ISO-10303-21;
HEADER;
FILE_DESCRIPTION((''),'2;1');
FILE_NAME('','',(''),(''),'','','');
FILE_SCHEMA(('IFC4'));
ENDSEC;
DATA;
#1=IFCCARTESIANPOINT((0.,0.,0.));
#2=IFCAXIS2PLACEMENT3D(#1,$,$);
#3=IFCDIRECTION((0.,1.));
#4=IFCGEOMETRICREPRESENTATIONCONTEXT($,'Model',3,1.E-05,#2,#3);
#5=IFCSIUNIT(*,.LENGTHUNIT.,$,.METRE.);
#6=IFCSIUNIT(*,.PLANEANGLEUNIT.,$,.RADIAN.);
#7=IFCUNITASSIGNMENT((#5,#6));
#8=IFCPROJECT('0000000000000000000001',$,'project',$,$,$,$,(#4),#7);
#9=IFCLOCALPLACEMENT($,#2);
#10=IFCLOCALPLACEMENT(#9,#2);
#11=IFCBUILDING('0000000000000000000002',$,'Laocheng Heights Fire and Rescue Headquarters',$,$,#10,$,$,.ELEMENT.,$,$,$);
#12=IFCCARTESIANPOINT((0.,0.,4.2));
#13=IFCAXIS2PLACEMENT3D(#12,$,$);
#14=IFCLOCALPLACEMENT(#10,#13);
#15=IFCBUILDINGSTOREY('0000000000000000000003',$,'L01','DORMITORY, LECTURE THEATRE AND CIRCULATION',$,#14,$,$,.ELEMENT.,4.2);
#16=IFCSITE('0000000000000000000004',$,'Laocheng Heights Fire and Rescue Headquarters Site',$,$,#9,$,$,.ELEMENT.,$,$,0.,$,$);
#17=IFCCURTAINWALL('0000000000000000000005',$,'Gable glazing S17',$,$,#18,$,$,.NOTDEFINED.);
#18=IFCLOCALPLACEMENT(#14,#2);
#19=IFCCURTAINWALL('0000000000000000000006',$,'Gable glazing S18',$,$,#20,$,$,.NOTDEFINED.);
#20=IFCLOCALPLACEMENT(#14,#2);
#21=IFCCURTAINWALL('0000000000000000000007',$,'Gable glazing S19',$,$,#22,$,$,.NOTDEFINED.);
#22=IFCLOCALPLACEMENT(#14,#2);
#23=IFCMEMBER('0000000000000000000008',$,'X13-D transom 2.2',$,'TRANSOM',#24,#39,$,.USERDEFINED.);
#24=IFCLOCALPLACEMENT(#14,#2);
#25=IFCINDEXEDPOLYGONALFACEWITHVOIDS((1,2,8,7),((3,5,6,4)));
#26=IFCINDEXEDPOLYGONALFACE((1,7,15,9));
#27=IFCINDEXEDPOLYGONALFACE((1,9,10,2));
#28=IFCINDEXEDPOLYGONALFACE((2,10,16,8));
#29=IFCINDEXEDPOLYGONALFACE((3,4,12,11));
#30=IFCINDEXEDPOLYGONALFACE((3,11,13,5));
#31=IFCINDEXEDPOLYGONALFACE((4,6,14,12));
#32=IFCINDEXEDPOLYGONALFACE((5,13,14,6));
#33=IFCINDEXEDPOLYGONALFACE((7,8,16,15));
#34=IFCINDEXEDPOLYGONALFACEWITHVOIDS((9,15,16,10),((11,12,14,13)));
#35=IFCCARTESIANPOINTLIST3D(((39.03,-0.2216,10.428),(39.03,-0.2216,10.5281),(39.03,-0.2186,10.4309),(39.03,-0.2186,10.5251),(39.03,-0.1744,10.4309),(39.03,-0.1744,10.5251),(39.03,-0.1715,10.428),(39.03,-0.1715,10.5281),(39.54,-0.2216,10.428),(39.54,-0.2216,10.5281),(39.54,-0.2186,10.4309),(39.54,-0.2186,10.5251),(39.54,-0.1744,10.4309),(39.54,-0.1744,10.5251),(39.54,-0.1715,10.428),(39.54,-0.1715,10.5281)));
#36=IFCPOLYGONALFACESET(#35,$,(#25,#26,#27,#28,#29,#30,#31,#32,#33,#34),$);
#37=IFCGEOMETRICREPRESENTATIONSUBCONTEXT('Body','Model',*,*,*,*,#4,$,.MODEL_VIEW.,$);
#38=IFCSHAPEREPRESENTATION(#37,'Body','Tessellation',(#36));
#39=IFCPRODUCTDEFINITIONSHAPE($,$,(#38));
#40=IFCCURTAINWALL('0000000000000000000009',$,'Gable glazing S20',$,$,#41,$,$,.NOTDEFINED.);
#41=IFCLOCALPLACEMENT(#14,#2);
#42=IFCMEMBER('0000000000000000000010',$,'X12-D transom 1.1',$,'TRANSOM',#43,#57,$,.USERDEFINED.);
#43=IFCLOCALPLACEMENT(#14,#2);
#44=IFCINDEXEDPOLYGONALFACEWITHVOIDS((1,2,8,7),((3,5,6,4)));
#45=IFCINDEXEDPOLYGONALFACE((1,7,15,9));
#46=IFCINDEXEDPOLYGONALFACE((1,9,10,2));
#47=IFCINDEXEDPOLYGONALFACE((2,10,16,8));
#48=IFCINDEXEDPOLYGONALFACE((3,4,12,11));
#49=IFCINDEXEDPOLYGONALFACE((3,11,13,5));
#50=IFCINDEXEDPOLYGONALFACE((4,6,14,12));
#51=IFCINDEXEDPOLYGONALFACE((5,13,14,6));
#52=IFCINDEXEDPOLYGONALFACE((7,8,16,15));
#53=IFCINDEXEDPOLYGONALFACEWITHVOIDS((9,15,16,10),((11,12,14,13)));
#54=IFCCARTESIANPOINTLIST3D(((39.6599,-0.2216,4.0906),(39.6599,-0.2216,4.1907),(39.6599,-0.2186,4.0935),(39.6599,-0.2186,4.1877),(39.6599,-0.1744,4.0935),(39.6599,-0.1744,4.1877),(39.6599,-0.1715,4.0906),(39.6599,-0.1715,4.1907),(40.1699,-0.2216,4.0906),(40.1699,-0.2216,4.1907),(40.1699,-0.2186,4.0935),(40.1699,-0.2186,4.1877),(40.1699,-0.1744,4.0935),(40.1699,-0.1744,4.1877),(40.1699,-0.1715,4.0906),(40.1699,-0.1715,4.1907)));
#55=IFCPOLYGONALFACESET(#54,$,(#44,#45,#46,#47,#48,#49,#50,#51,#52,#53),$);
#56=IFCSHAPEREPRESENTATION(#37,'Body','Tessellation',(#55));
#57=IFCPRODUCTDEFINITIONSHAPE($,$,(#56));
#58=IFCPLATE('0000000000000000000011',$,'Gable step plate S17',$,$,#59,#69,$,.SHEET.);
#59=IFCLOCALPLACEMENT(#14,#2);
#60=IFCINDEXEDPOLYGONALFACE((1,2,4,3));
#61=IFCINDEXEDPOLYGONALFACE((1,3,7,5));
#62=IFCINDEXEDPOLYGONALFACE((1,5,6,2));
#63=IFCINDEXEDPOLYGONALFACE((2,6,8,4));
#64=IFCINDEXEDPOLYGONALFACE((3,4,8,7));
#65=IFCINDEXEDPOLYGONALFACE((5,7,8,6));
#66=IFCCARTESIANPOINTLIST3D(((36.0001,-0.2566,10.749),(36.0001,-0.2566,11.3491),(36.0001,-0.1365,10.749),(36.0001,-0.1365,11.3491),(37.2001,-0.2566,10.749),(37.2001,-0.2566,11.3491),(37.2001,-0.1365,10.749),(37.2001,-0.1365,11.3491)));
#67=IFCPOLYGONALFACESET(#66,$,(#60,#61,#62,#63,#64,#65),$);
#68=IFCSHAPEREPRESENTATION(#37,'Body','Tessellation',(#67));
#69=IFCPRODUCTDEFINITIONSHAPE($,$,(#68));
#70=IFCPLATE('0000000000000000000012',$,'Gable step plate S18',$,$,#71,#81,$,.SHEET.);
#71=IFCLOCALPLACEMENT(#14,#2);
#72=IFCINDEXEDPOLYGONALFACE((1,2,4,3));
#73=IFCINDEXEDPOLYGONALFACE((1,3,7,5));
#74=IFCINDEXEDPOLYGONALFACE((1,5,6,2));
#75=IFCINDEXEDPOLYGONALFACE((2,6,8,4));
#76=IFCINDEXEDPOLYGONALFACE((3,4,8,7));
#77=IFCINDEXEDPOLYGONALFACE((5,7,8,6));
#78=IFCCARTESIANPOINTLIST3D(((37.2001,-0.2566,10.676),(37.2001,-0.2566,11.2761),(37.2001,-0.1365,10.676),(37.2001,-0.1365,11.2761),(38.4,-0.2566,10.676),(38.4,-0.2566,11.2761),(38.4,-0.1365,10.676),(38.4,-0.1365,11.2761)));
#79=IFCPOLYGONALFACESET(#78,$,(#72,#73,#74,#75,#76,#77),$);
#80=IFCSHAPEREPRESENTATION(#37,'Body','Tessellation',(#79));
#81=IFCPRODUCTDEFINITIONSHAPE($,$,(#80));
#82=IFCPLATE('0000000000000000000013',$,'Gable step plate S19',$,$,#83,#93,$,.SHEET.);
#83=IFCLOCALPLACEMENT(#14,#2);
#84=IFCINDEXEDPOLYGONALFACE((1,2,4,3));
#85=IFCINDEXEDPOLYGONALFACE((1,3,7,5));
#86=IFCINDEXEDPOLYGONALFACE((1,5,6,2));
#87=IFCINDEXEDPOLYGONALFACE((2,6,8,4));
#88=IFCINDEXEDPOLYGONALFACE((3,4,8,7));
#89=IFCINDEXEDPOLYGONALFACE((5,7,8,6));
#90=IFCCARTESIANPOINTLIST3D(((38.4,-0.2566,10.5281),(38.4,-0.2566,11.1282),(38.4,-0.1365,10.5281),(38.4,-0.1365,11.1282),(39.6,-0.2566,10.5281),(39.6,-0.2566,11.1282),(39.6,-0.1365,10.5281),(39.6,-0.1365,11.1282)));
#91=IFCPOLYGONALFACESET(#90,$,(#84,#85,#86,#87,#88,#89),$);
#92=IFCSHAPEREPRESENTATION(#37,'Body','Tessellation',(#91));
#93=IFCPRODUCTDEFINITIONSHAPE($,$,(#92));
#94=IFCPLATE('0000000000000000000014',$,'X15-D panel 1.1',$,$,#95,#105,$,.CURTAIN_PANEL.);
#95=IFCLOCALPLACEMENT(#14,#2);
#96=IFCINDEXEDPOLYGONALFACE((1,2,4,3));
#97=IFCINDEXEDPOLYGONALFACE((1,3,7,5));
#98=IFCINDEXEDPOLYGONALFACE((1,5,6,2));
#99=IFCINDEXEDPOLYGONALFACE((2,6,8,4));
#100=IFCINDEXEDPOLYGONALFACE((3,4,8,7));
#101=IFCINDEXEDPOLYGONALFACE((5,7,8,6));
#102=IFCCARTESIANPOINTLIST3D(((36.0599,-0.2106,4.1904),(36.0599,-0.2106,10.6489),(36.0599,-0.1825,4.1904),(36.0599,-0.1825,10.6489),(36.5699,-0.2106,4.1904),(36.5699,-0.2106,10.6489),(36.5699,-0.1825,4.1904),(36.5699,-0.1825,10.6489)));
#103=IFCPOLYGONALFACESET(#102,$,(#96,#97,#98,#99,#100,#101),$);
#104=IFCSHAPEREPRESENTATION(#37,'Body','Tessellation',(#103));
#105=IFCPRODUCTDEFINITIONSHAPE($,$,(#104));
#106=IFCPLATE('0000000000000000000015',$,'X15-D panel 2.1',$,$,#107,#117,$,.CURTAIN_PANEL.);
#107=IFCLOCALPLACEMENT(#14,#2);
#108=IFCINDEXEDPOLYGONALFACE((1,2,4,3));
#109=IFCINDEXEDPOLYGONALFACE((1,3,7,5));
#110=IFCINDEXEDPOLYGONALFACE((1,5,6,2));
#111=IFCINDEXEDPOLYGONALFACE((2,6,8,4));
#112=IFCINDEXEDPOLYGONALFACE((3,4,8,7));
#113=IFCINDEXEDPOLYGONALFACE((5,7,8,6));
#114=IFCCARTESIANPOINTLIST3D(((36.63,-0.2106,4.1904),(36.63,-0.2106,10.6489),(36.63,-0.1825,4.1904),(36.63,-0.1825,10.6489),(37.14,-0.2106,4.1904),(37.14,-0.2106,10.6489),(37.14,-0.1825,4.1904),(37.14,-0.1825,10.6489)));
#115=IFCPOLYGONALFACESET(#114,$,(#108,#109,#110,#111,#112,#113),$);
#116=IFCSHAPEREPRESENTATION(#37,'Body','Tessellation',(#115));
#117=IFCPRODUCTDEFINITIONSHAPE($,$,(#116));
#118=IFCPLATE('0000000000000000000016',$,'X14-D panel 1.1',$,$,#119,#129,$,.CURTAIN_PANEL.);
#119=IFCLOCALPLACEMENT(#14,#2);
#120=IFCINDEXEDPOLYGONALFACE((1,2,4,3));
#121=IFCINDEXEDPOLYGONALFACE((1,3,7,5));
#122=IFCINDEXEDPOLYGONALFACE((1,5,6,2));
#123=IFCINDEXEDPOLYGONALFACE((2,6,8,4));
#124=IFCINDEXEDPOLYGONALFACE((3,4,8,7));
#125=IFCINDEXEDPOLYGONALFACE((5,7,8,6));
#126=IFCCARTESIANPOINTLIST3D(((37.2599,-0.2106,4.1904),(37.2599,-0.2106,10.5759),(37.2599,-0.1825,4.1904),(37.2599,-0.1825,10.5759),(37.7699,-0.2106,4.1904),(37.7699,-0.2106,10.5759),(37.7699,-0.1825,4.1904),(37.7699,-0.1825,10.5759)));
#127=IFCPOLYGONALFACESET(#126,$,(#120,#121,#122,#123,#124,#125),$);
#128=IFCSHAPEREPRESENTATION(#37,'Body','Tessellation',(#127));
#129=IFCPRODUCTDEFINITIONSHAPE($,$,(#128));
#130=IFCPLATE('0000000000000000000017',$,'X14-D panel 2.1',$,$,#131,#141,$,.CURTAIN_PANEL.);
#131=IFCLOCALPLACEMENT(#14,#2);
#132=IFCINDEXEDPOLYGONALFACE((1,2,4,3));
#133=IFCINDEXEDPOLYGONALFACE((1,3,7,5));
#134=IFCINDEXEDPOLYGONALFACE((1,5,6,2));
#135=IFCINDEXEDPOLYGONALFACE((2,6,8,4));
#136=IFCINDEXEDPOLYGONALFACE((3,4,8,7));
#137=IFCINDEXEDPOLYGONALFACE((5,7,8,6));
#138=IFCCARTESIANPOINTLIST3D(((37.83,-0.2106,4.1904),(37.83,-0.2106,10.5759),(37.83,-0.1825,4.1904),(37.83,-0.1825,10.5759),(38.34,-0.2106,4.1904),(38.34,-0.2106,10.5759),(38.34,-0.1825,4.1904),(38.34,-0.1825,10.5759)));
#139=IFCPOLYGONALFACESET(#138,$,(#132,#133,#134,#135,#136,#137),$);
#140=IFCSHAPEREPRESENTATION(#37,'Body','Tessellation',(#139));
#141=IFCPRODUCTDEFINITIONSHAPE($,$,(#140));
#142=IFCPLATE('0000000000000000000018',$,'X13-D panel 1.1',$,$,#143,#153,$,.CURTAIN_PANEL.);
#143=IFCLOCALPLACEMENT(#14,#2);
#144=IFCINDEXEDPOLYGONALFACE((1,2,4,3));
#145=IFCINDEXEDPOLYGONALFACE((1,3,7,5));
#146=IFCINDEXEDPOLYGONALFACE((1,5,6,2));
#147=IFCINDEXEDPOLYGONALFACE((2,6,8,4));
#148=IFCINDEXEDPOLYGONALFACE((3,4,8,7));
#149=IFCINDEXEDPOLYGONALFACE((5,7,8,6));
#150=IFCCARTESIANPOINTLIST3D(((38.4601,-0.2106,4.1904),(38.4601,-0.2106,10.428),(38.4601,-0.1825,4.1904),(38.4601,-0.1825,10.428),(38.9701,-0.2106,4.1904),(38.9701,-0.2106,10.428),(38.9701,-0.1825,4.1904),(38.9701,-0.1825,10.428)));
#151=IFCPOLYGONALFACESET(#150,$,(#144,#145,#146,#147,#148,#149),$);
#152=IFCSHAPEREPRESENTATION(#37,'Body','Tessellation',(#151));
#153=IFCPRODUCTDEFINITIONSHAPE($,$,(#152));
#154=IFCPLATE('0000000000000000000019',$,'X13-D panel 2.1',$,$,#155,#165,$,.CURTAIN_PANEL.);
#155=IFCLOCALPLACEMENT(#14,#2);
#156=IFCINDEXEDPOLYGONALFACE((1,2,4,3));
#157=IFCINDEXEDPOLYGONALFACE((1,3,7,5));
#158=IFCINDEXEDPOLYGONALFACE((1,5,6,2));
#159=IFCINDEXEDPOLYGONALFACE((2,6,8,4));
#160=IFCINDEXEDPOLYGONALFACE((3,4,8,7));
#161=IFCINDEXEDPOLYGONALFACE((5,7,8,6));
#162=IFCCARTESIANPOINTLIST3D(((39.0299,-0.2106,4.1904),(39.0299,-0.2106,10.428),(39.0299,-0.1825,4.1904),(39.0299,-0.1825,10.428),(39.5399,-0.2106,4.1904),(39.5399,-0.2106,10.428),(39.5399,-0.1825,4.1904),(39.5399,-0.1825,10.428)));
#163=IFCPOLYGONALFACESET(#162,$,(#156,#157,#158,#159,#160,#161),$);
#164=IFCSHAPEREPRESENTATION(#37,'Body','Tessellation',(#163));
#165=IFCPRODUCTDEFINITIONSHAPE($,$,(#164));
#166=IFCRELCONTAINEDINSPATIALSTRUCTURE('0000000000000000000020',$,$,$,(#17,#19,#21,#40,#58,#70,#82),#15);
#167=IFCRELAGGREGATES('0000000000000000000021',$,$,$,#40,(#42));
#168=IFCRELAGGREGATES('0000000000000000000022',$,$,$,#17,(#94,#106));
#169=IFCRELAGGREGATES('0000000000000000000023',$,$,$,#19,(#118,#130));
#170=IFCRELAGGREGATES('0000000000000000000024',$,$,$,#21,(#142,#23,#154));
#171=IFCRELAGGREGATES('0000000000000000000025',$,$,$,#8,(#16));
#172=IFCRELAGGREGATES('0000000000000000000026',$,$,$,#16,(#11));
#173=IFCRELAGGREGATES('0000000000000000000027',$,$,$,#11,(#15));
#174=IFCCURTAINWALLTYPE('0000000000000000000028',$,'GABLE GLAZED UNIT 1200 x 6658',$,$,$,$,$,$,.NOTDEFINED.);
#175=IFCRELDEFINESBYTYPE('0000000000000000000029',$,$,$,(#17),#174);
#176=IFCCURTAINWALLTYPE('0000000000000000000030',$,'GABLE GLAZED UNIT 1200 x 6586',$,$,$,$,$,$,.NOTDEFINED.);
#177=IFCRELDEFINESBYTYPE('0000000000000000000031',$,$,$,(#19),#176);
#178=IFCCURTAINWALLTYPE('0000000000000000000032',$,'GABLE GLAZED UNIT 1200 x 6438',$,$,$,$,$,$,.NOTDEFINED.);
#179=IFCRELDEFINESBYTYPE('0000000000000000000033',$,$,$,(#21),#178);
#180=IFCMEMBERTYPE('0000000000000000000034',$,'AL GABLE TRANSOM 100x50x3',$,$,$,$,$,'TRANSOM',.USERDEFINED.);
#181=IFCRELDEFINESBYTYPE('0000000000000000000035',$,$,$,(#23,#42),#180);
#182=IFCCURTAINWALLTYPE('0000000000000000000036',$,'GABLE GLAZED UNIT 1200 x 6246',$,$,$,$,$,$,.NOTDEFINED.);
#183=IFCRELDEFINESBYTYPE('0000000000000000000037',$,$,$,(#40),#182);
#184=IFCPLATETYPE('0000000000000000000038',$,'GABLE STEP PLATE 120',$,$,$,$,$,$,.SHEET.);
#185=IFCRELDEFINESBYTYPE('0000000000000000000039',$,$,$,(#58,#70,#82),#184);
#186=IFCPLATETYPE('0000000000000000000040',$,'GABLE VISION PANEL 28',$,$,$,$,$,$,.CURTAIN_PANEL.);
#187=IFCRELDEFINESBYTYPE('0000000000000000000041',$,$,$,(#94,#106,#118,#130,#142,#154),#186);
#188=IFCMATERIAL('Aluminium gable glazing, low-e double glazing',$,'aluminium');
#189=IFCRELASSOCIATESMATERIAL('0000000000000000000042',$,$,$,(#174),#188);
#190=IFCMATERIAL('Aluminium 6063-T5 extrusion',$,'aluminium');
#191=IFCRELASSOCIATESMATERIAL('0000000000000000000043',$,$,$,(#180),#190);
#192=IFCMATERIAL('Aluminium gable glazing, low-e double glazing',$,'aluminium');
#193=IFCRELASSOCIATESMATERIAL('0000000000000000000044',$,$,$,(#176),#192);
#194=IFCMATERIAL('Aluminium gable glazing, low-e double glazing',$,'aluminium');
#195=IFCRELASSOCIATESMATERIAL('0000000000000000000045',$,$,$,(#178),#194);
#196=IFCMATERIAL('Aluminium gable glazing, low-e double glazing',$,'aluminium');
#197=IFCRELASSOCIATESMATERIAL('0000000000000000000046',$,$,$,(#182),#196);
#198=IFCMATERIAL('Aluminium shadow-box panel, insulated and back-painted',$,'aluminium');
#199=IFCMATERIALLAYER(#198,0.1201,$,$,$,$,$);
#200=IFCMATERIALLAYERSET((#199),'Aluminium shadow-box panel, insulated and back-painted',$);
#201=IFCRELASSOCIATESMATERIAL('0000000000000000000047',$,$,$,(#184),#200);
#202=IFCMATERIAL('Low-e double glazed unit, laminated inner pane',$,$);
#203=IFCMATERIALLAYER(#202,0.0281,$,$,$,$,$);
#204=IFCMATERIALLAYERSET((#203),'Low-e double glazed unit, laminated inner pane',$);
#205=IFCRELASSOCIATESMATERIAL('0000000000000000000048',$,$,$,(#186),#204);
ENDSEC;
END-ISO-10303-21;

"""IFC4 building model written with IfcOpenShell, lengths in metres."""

from ifc_helpers import new_model, si_unit, direction, frame, origin, origin_2d, place, context, subcontext, project, spatial, rectangle, hollow_rectangle, extrude, material, layer, layer_set, material_profile, profile_set, type_object, element, aggregate, save


model = new_model("IFC4")

# Units and contexts
model_context = context("Model", 3, precision=1e-05, world=origin(), true_north=direction((0.0, 1.0)))
body_context = subcontext(model_context, "Body", "Model", "MODEL_VIEW")
ifc_project = project(units=[si_unit("LENGTHUNIT", "METRE"), si_unit("PLANEANGLEUNIT", "RADIAN")], contexts=[model_context])

# Site, building, storey
site_placement = place(None, origin())
site = spatial("IfcSite", under=ifc_project, at=site_placement, Name="Laocheng Heights Fire and Rescue Headquarters Site", CompositionType="ELEMENT", RefElevation=0.0)
building_placement = place(site_placement, origin())
building = spatial("IfcBuilding", under=site, at=building_placement, Name="Laocheng Heights Fire and Rescue Headquarters", CompositionType="ELEMENT")
storey_placement = place(building_placement, frame((0.0, 0.0, 4.2)))
storey = spatial("IfcBuildingStorey", under=building, at=storey_placement, Name="L01", Description="DORMITORY, LECTURE THEATRE AND CIRCULATION", CompositionType="ELEMENT", Elevation=4.2)

# Curtain walls, member
ifc_material_1 = material(Name="Aluminium gable glazing, low-e double glazing", Category="aluminium")
curtain_wall_type_1 = type_object("IfcCurtainWallType", Name="GABLE GLAZED UNIT 1200 x 6658", PredefinedType="NOTDEFINED", material=ifc_material_1)
curtain_wall_1_placement = place(storey_placement, origin())
curtain_wall_1 = element("IfcCurtainWall", 1, at=curtain_wall_1_placement, inside=storey, type_object=curtain_wall_type_1, Name="Gable glazing S17", PredefinedType="NOTDEFINED")
ifc_material_2 = material(Name="Aluminium 6063-T5 extrusion", Category="aluminium")
ifc_material_profile = material_profile(ifc_material_2, hollow_rectangle(XDim=0.05, YDim=0.1001, WallThickness=0.0029, at=origin_2d()), Name="AL TRANSOM 100x50x3")
ifc_profile_set = profile_set([ifc_material_profile], Name="Aluminium 6063-T5 extrusion")
member_type = type_object("IfcMemberType", Name="AL GABLE TRANSOM 100x50x3", ElementType="TRANSOM", PredefinedType="USERDEFINED", material=ifc_profile_set)
ifc_material_3 = material(Name="Aluminium gable glazing, low-e double glazing", Category="aluminium")
curtain_wall_type_2 = type_object("IfcCurtainWallType", Name="GABLE GLAZED UNIT 1200 x 6586", PredefinedType="NOTDEFINED", material=ifc_material_3)
curtain_wall_2_placement = place(storey_placement, origin())
curtain_wall_2 = element("IfcCurtainWall", 2, at=curtain_wall_2_placement, inside=storey, type_object=curtain_wall_type_2, Name="Gable glazing S18", PredefinedType="NOTDEFINED")
ifc_material_4 = material(Name="Aluminium gable glazing, low-e double glazing", Category="aluminium")
curtain_wall_type_3 = type_object("IfcCurtainWallType", Name="GABLE GLAZED UNIT 1200 x 6438", PredefinedType="NOTDEFINED", material=ifc_material_4)
curtain_wall_3_placement = place(storey_placement, origin())
curtain_wall_3 = element("IfcCurtainWall", 3, at=curtain_wall_3_placement, inside=storey, type_object=curtain_wall_type_3, Name="Gable glazing S19", PredefinedType="NOTDEFINED")
member_1_placement = place(storey_placement, frame((39.03, -0.1965, 10.478), z_axis=(1.0, 0.0, 0.0), x_axis=(0.0, 1.0, 0.0)))
member_1 = element("IfcMember", 4, at=member_1_placement, type_object=member_type, Name="X13-D transom 2.2", ObjectType="TRANSOM", PredefinedType="USERDEFINED", context=body_context, shape_type="SweptSolid", body=[
    extrude(hollow_rectangle(XDim=0.05, YDim=0.1001, WallThickness=0.0029, at=origin_2d()), origin(), (0.0, 0.0, 1.0), 0.51),
])

# Curtain wall, member
ifc_material_5 = material(Name="Aluminium gable glazing, low-e double glazing", Category="aluminium")
curtain_wall_type_4 = type_object("IfcCurtainWallType", Name="GABLE GLAZED UNIT 1200 x 6246", PredefinedType="NOTDEFINED", material=ifc_material_5)
curtain_wall_4_placement = place(storey_placement, origin())
curtain_wall_4 = element("IfcCurtainWall", 5, at=curtain_wall_4_placement, inside=storey, type_object=curtain_wall_type_4, Name="Gable glazing S20", PredefinedType="NOTDEFINED")
member_2_placement = place(storey_placement, frame((39.6599, -0.1965, 4.1406), z_axis=(1.0, 0.0, 0.0), x_axis=(0.0, 1.0, 0.0)))
member_2 = element("IfcMember", 6, at=member_2_placement, type_object=member_type, Name="X12-D transom 1.1", ObjectType="TRANSOM", PredefinedType="USERDEFINED", context=body_context, shape_type="SweptSolid", body=[
    extrude(hollow_rectangle(XDim=0.05, YDim=0.1001, WallThickness=0.0029, at=origin_2d()), origin(), (0.0, 0.0, 1.0), 0.51),
])
aggregate(curtain_wall_4, [member_2])

# Plates
ifc_material_6 = material(Name="Aluminium shadow-box panel, insulated and back-painted", Category="aluminium")
ifc_layer_1 = layer(ifc_material_6, 0.1201)
ifc_layer_set_1 = layer_set([ifc_layer_1], Name="Aluminium shadow-box panel, insulated and back-painted")
plate_type_1 = type_object("IfcPlateType", Name="GABLE STEP PLATE 120", PredefinedType="SHEET", material=ifc_layer_set_1)
for number, where, z_axis, x_axis, name in (
    (7, (36.6001, -0.1965, 10.749), (0.0, 0.0, 1.0), (1.0, 0.0, 0.0), "Gable step plate S17"),
    (8, (37.8, -0.1965, 10.676), (0.0, 0.0, 1.0), (1.0, 0.0, 0.0), "Gable step plate S18"),
    (9, (39.0, -0.1965, 10.5281), (0.0, 0.0, 1.0), (1.0, 0.0, 0.0), "Gable step plate S19"),
):
    element("IfcPlate", number, at=place(storey_placement, frame(where, z_axis=z_axis, x_axis=x_axis)), inside=storey, type_object=plate_type_1, Name=name, PredefinedType="SHEET", context=body_context, shape_type="SweptSolid", body=[
        extrude(rectangle(XDim=1.2, YDim=0.1201, at=origin_2d()), origin(), (0.0, 0.0, 1.0), 0.6001),
    ])

# Plates
ifc_material_7 = material(Name="Low-e double glazed unit, laminated inner pane")
ifc_layer_2 = layer(ifc_material_7, 0.0281)
ifc_layer_set_2 = layer_set([ifc_layer_2], Name="Low-e double glazed unit, laminated inner pane")
plate_type_2 = type_object("IfcPlateType", Name="GABLE VISION PANEL 28", PredefinedType="CURTAIN_PANEL", material=ifc_layer_set_2)
plate_1_placement = place(storey_placement, frame((36.3149, -0.1965, 4.1904), z_axis=(0.0, 0.0, 1.0), x_axis=(1.0, 0.0, 0.0)))
plate_1 = element("IfcPlate", 10, at=plate_1_placement, type_object=plate_type_2, Name="X15-D panel 1.1", PredefinedType="CURTAIN_PANEL", context=body_context, shape_type="SweptSolid", body=[
    extrude(rectangle(XDim=0.51, YDim=0.0281, at=origin_2d()), origin(), (0.0, 0.0, 1.0), 6.4585),
])
plate_2_placement = place(storey_placement, frame((36.885, -0.1965, 4.1904), z_axis=(0.0, 0.0, 1.0), x_axis=(1.0, 0.0, 0.0)))
plate_2 = element("IfcPlate", 11, at=plate_2_placement, type_object=plate_type_2, Name="X15-D panel 2.1", PredefinedType="CURTAIN_PANEL", context=body_context, shape_type="SweptSolid", body=[
    extrude(rectangle(XDim=0.51, YDim=0.0281, at=origin_2d()), origin(), (0.0, 0.0, 1.0), 6.4585),
])
aggregate(curtain_wall_1, [plate_1, plate_2])
plate_3_placement = place(storey_placement, frame((37.5149, -0.1965, 4.1904), z_axis=(0.0, 0.0, 1.0), x_axis=(1.0, 0.0, 0.0)))
plate_3 = element("IfcPlate", 12, at=plate_3_placement, type_object=plate_type_2, Name="X14-D panel 1.1", PredefinedType="CURTAIN_PANEL", context=body_context, shape_type="SweptSolid", body=[
    extrude(rectangle(XDim=0.51, YDim=0.0281, at=origin_2d()), origin(), (0.0, 0.0, 1.0), 6.3855),
])
plate_4_placement = place(storey_placement, frame((38.085, -0.1965, 4.1904), z_axis=(0.0, 0.0, 1.0), x_axis=(1.0, 0.0, 0.0)))
plate_4 = element("IfcPlate", 13, at=plate_4_placement, type_object=plate_type_2, Name="X14-D panel 2.1", PredefinedType="CURTAIN_PANEL", context=body_context, shape_type="SweptSolid", body=[
    extrude(rectangle(XDim=0.51, YDim=0.0281, at=origin_2d()), origin(), (0.0, 0.0, 1.0), 6.3855),
])
aggregate(curtain_wall_2, [plate_3, plate_4])
plate_5_placement = place(storey_placement, frame((38.7151, -0.1965, 4.1904), z_axis=(0.0, 0.0, 1.0), x_axis=(1.0, 0.0, 0.0)))
plate_5 = element("IfcPlate", 14, at=plate_5_placement, type_object=plate_type_2, Name="X13-D panel 1.1", PredefinedType="CURTAIN_PANEL", context=body_context, shape_type="SweptSolid", body=[
    extrude(rectangle(XDim=0.51, YDim=0.0281, at=origin_2d()), origin(), (0.0, 0.0, 1.0), 6.2375),
])
plate_6_placement = place(storey_placement, frame((39.2849, -0.1965, 4.1904), z_axis=(0.0, 0.0, 1.0), x_axis=(1.0, 0.0, 0.0)))
plate_6 = element("IfcPlate", 15, at=plate_6_placement, type_object=plate_type_2, Name="X13-D panel 2.1", PredefinedType="CURTAIN_PANEL", context=body_context, shape_type="SweptSolid", body=[
    extrude(rectangle(XDim=0.51, YDim=0.0281, at=origin_2d()), origin(), (0.0, 0.0, 1.0), 6.2375),
])
aggregate(curtain_wall_3, [plate_5, member_1, plate_6])

save(model, "model.ifc")
